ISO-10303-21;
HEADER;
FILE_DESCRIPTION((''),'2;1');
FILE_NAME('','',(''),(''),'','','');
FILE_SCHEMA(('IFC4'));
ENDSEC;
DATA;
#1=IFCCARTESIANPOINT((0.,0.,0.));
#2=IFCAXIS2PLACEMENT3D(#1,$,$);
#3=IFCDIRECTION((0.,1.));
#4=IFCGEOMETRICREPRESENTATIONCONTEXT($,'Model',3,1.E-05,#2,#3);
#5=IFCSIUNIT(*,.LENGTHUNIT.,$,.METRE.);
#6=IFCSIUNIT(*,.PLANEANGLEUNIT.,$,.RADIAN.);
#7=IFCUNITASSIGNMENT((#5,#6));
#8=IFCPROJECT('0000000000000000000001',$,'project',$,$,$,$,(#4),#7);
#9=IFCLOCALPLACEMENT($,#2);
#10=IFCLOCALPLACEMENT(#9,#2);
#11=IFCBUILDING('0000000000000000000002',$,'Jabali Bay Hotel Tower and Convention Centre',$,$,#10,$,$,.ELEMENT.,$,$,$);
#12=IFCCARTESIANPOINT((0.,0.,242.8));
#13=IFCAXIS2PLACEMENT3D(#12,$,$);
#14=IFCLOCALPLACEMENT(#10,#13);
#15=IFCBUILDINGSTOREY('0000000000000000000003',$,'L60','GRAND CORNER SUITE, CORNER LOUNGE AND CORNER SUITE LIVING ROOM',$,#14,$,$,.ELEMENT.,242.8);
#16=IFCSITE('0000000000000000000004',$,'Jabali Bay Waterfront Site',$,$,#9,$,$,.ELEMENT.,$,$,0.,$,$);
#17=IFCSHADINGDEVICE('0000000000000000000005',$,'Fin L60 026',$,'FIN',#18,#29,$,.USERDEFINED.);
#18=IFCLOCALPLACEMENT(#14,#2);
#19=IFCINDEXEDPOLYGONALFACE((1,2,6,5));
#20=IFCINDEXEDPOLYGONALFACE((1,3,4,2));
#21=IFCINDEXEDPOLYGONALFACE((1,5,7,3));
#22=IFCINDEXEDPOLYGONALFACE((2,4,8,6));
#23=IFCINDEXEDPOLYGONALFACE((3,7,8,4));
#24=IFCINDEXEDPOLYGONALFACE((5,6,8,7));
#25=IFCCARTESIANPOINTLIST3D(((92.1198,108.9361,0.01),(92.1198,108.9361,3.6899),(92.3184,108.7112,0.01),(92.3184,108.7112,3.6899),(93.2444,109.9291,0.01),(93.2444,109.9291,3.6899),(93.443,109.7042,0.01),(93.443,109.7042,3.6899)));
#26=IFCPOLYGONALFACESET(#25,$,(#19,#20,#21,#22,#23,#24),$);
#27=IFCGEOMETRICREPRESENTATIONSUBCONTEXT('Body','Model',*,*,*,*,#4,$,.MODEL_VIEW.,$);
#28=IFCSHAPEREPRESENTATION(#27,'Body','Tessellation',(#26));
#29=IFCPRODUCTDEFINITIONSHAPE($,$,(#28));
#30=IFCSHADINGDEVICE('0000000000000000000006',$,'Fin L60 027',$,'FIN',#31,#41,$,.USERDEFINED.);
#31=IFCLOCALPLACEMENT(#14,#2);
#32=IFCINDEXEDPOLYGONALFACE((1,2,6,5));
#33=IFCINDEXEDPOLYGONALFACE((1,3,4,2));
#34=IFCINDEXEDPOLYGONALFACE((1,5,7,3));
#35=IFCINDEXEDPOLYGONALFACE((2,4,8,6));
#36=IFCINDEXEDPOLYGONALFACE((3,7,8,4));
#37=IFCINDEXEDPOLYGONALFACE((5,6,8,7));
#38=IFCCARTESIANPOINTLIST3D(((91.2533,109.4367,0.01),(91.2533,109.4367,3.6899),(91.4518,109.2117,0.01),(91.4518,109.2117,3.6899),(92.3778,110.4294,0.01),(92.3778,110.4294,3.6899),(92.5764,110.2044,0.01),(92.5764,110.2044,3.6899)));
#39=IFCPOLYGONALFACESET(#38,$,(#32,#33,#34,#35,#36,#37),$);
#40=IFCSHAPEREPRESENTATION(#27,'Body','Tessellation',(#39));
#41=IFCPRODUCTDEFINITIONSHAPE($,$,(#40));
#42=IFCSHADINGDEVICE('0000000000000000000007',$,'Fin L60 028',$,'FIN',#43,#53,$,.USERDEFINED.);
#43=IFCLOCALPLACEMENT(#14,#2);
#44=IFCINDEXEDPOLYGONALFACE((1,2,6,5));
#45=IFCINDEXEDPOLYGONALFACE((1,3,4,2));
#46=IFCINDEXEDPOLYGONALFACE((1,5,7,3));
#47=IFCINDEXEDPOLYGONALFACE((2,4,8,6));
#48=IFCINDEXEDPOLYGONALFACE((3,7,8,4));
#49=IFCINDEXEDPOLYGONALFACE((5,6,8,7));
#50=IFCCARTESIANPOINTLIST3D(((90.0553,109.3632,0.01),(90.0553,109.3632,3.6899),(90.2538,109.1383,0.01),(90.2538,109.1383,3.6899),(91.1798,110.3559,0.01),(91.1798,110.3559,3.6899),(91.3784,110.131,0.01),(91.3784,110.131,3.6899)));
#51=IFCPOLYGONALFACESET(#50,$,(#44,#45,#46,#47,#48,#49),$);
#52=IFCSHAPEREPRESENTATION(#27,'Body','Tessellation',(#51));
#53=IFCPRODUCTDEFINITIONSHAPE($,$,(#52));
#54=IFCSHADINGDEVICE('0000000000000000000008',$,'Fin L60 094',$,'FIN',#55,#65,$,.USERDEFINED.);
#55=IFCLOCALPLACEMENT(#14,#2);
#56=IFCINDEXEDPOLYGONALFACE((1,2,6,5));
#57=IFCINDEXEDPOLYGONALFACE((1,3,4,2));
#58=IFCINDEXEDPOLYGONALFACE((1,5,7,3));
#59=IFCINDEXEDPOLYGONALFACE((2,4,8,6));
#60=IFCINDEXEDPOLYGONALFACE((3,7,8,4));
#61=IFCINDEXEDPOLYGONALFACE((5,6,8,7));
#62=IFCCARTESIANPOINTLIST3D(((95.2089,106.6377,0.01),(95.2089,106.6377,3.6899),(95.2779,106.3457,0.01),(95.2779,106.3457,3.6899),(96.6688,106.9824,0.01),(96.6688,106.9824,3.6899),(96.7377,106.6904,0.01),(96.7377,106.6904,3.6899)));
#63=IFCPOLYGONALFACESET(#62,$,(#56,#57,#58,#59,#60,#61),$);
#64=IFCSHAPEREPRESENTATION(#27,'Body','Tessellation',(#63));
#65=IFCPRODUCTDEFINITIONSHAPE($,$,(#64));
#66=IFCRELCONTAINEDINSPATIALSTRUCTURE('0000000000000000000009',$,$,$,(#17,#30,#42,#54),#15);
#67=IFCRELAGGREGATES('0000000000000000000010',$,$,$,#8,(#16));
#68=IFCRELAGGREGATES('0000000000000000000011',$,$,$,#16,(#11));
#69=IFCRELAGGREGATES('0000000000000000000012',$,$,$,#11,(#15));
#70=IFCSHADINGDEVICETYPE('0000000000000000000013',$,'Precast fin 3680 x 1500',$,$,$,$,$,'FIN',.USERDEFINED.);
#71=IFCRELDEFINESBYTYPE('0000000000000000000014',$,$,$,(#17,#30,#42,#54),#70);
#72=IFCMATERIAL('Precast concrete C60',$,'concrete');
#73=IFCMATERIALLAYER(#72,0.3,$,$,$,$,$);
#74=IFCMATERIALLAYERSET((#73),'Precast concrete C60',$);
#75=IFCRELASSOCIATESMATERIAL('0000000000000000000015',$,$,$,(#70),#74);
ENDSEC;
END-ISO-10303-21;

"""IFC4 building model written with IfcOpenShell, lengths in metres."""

from ifc_helpers import new_model, si_unit, direction, frame, frame_2d, origin, place, context, subcontext, project, spatial, rectangle, extrude, material, layer, layer_set, type_object, element, save


model = new_model("IFC4")

# Units and contexts
model_context = context("Model", 3, precision=1e-05, world=origin(), true_north=direction((0.0, 1.0)))
body_context = subcontext(model_context, "Body", "Model", "MODEL_VIEW")
ifc_project = project(units=[si_unit("LENGTHUNIT", "METRE"), si_unit("PLANEANGLEUNIT", "RADIAN")], contexts=[model_context])

# Site, building, storey
site_placement = place(None, origin())
site = spatial("IfcSite", under=ifc_project, at=site_placement, Name="Jabali Bay Waterfront Site", CompositionType="ELEMENT", RefElevation=0.0)
building_placement = place(site_placement, origin())
building = spatial("IfcBuilding", under=site, at=building_placement, Name="Jabali Bay Hotel Tower and Convention Centre", CompositionType="ELEMENT")
storey_placement = place(building_placement, frame((0.0, 0.0, 242.8)))
storey = spatial("IfcBuildingStorey", under=building, at=storey_placement, Name="L60", Description="GRAND CORNER SUITE, CORNER LOUNGE AND CORNER SUITE LIVING ROOM", CompositionType="ELEMENT", Elevation=242.8)

# Shading devices
ifc_material_1 = material(Name="Precast concrete C60", Category="concrete")
ifc_layer_1 = layer(ifc_material_1, 0.3)
ifc_layer_set_1 = layer_set([ifc_layer_1], Name="Precast concrete C60")
shading_device_type = type_object("IfcShadingDeviceType", Name="Precast fin 3680 x 1500", ElementType="FIN", PredefinedType="USERDEFINED", material=ifc_layer_set_1)
for number, where, z_axis, x_axis, name in (
    (1, (92.2192, 108.8237, 0.01), (0.0, 0.0, 1.0), (0.749605, 0.661885, 0.0), "Fin L60 026"),
):
    element("IfcShadingDevice", number, at=place(storey_placement, frame(where, z_axis=z_axis, x_axis=x_axis)), inside=storey, type_object=shading_device_type, Name=name, ObjectType="FIN", PredefinedType="USERDEFINED", context=body_context, shape_type="SweptSolid", body=[
        extrude(rectangle(XDim=1.5002, YDim=0.3, at=frame_2d((0.75, 0.0))), origin(), (0.0, 0.0, 1.0), 3.6799),
    ])
for number, where, z_axis, x_axis, name in (
    (2, (91.3525, 109.3242, 0.01), (0.0, 0.0, 1.0), (0.749686, 0.661794, 0.0), "Fin L60 027"),
    (3, (90.1545, 109.2507, 0.01), (0.0, 0.0, 1.0), (0.749686, 0.661794, 0.0), "Fin L60 028"),
    (4, (95.2434, 106.4917, 0.01), (0.0, 0.0, 1.0), (0.973238, 0.229801, 0.0), "Fin L60 094"),
):
    element("IfcShadingDevice", number, at=place(storey_placement, frame(where, z_axis=z_axis, x_axis=x_axis)), inside=storey, type_object=shading_device_type, Name=name, ObjectType="FIN", PredefinedType="USERDEFINED", context=body_context, shape_type="SweptSolid", body=[
        extrude(rectangle(XDim=1.5, YDim=0.3, at=frame_2d((0.75, 0.0))), origin(), (0.0, 0.0, 1.0), 3.6799),
    ])

save(model, "model.ifc")
